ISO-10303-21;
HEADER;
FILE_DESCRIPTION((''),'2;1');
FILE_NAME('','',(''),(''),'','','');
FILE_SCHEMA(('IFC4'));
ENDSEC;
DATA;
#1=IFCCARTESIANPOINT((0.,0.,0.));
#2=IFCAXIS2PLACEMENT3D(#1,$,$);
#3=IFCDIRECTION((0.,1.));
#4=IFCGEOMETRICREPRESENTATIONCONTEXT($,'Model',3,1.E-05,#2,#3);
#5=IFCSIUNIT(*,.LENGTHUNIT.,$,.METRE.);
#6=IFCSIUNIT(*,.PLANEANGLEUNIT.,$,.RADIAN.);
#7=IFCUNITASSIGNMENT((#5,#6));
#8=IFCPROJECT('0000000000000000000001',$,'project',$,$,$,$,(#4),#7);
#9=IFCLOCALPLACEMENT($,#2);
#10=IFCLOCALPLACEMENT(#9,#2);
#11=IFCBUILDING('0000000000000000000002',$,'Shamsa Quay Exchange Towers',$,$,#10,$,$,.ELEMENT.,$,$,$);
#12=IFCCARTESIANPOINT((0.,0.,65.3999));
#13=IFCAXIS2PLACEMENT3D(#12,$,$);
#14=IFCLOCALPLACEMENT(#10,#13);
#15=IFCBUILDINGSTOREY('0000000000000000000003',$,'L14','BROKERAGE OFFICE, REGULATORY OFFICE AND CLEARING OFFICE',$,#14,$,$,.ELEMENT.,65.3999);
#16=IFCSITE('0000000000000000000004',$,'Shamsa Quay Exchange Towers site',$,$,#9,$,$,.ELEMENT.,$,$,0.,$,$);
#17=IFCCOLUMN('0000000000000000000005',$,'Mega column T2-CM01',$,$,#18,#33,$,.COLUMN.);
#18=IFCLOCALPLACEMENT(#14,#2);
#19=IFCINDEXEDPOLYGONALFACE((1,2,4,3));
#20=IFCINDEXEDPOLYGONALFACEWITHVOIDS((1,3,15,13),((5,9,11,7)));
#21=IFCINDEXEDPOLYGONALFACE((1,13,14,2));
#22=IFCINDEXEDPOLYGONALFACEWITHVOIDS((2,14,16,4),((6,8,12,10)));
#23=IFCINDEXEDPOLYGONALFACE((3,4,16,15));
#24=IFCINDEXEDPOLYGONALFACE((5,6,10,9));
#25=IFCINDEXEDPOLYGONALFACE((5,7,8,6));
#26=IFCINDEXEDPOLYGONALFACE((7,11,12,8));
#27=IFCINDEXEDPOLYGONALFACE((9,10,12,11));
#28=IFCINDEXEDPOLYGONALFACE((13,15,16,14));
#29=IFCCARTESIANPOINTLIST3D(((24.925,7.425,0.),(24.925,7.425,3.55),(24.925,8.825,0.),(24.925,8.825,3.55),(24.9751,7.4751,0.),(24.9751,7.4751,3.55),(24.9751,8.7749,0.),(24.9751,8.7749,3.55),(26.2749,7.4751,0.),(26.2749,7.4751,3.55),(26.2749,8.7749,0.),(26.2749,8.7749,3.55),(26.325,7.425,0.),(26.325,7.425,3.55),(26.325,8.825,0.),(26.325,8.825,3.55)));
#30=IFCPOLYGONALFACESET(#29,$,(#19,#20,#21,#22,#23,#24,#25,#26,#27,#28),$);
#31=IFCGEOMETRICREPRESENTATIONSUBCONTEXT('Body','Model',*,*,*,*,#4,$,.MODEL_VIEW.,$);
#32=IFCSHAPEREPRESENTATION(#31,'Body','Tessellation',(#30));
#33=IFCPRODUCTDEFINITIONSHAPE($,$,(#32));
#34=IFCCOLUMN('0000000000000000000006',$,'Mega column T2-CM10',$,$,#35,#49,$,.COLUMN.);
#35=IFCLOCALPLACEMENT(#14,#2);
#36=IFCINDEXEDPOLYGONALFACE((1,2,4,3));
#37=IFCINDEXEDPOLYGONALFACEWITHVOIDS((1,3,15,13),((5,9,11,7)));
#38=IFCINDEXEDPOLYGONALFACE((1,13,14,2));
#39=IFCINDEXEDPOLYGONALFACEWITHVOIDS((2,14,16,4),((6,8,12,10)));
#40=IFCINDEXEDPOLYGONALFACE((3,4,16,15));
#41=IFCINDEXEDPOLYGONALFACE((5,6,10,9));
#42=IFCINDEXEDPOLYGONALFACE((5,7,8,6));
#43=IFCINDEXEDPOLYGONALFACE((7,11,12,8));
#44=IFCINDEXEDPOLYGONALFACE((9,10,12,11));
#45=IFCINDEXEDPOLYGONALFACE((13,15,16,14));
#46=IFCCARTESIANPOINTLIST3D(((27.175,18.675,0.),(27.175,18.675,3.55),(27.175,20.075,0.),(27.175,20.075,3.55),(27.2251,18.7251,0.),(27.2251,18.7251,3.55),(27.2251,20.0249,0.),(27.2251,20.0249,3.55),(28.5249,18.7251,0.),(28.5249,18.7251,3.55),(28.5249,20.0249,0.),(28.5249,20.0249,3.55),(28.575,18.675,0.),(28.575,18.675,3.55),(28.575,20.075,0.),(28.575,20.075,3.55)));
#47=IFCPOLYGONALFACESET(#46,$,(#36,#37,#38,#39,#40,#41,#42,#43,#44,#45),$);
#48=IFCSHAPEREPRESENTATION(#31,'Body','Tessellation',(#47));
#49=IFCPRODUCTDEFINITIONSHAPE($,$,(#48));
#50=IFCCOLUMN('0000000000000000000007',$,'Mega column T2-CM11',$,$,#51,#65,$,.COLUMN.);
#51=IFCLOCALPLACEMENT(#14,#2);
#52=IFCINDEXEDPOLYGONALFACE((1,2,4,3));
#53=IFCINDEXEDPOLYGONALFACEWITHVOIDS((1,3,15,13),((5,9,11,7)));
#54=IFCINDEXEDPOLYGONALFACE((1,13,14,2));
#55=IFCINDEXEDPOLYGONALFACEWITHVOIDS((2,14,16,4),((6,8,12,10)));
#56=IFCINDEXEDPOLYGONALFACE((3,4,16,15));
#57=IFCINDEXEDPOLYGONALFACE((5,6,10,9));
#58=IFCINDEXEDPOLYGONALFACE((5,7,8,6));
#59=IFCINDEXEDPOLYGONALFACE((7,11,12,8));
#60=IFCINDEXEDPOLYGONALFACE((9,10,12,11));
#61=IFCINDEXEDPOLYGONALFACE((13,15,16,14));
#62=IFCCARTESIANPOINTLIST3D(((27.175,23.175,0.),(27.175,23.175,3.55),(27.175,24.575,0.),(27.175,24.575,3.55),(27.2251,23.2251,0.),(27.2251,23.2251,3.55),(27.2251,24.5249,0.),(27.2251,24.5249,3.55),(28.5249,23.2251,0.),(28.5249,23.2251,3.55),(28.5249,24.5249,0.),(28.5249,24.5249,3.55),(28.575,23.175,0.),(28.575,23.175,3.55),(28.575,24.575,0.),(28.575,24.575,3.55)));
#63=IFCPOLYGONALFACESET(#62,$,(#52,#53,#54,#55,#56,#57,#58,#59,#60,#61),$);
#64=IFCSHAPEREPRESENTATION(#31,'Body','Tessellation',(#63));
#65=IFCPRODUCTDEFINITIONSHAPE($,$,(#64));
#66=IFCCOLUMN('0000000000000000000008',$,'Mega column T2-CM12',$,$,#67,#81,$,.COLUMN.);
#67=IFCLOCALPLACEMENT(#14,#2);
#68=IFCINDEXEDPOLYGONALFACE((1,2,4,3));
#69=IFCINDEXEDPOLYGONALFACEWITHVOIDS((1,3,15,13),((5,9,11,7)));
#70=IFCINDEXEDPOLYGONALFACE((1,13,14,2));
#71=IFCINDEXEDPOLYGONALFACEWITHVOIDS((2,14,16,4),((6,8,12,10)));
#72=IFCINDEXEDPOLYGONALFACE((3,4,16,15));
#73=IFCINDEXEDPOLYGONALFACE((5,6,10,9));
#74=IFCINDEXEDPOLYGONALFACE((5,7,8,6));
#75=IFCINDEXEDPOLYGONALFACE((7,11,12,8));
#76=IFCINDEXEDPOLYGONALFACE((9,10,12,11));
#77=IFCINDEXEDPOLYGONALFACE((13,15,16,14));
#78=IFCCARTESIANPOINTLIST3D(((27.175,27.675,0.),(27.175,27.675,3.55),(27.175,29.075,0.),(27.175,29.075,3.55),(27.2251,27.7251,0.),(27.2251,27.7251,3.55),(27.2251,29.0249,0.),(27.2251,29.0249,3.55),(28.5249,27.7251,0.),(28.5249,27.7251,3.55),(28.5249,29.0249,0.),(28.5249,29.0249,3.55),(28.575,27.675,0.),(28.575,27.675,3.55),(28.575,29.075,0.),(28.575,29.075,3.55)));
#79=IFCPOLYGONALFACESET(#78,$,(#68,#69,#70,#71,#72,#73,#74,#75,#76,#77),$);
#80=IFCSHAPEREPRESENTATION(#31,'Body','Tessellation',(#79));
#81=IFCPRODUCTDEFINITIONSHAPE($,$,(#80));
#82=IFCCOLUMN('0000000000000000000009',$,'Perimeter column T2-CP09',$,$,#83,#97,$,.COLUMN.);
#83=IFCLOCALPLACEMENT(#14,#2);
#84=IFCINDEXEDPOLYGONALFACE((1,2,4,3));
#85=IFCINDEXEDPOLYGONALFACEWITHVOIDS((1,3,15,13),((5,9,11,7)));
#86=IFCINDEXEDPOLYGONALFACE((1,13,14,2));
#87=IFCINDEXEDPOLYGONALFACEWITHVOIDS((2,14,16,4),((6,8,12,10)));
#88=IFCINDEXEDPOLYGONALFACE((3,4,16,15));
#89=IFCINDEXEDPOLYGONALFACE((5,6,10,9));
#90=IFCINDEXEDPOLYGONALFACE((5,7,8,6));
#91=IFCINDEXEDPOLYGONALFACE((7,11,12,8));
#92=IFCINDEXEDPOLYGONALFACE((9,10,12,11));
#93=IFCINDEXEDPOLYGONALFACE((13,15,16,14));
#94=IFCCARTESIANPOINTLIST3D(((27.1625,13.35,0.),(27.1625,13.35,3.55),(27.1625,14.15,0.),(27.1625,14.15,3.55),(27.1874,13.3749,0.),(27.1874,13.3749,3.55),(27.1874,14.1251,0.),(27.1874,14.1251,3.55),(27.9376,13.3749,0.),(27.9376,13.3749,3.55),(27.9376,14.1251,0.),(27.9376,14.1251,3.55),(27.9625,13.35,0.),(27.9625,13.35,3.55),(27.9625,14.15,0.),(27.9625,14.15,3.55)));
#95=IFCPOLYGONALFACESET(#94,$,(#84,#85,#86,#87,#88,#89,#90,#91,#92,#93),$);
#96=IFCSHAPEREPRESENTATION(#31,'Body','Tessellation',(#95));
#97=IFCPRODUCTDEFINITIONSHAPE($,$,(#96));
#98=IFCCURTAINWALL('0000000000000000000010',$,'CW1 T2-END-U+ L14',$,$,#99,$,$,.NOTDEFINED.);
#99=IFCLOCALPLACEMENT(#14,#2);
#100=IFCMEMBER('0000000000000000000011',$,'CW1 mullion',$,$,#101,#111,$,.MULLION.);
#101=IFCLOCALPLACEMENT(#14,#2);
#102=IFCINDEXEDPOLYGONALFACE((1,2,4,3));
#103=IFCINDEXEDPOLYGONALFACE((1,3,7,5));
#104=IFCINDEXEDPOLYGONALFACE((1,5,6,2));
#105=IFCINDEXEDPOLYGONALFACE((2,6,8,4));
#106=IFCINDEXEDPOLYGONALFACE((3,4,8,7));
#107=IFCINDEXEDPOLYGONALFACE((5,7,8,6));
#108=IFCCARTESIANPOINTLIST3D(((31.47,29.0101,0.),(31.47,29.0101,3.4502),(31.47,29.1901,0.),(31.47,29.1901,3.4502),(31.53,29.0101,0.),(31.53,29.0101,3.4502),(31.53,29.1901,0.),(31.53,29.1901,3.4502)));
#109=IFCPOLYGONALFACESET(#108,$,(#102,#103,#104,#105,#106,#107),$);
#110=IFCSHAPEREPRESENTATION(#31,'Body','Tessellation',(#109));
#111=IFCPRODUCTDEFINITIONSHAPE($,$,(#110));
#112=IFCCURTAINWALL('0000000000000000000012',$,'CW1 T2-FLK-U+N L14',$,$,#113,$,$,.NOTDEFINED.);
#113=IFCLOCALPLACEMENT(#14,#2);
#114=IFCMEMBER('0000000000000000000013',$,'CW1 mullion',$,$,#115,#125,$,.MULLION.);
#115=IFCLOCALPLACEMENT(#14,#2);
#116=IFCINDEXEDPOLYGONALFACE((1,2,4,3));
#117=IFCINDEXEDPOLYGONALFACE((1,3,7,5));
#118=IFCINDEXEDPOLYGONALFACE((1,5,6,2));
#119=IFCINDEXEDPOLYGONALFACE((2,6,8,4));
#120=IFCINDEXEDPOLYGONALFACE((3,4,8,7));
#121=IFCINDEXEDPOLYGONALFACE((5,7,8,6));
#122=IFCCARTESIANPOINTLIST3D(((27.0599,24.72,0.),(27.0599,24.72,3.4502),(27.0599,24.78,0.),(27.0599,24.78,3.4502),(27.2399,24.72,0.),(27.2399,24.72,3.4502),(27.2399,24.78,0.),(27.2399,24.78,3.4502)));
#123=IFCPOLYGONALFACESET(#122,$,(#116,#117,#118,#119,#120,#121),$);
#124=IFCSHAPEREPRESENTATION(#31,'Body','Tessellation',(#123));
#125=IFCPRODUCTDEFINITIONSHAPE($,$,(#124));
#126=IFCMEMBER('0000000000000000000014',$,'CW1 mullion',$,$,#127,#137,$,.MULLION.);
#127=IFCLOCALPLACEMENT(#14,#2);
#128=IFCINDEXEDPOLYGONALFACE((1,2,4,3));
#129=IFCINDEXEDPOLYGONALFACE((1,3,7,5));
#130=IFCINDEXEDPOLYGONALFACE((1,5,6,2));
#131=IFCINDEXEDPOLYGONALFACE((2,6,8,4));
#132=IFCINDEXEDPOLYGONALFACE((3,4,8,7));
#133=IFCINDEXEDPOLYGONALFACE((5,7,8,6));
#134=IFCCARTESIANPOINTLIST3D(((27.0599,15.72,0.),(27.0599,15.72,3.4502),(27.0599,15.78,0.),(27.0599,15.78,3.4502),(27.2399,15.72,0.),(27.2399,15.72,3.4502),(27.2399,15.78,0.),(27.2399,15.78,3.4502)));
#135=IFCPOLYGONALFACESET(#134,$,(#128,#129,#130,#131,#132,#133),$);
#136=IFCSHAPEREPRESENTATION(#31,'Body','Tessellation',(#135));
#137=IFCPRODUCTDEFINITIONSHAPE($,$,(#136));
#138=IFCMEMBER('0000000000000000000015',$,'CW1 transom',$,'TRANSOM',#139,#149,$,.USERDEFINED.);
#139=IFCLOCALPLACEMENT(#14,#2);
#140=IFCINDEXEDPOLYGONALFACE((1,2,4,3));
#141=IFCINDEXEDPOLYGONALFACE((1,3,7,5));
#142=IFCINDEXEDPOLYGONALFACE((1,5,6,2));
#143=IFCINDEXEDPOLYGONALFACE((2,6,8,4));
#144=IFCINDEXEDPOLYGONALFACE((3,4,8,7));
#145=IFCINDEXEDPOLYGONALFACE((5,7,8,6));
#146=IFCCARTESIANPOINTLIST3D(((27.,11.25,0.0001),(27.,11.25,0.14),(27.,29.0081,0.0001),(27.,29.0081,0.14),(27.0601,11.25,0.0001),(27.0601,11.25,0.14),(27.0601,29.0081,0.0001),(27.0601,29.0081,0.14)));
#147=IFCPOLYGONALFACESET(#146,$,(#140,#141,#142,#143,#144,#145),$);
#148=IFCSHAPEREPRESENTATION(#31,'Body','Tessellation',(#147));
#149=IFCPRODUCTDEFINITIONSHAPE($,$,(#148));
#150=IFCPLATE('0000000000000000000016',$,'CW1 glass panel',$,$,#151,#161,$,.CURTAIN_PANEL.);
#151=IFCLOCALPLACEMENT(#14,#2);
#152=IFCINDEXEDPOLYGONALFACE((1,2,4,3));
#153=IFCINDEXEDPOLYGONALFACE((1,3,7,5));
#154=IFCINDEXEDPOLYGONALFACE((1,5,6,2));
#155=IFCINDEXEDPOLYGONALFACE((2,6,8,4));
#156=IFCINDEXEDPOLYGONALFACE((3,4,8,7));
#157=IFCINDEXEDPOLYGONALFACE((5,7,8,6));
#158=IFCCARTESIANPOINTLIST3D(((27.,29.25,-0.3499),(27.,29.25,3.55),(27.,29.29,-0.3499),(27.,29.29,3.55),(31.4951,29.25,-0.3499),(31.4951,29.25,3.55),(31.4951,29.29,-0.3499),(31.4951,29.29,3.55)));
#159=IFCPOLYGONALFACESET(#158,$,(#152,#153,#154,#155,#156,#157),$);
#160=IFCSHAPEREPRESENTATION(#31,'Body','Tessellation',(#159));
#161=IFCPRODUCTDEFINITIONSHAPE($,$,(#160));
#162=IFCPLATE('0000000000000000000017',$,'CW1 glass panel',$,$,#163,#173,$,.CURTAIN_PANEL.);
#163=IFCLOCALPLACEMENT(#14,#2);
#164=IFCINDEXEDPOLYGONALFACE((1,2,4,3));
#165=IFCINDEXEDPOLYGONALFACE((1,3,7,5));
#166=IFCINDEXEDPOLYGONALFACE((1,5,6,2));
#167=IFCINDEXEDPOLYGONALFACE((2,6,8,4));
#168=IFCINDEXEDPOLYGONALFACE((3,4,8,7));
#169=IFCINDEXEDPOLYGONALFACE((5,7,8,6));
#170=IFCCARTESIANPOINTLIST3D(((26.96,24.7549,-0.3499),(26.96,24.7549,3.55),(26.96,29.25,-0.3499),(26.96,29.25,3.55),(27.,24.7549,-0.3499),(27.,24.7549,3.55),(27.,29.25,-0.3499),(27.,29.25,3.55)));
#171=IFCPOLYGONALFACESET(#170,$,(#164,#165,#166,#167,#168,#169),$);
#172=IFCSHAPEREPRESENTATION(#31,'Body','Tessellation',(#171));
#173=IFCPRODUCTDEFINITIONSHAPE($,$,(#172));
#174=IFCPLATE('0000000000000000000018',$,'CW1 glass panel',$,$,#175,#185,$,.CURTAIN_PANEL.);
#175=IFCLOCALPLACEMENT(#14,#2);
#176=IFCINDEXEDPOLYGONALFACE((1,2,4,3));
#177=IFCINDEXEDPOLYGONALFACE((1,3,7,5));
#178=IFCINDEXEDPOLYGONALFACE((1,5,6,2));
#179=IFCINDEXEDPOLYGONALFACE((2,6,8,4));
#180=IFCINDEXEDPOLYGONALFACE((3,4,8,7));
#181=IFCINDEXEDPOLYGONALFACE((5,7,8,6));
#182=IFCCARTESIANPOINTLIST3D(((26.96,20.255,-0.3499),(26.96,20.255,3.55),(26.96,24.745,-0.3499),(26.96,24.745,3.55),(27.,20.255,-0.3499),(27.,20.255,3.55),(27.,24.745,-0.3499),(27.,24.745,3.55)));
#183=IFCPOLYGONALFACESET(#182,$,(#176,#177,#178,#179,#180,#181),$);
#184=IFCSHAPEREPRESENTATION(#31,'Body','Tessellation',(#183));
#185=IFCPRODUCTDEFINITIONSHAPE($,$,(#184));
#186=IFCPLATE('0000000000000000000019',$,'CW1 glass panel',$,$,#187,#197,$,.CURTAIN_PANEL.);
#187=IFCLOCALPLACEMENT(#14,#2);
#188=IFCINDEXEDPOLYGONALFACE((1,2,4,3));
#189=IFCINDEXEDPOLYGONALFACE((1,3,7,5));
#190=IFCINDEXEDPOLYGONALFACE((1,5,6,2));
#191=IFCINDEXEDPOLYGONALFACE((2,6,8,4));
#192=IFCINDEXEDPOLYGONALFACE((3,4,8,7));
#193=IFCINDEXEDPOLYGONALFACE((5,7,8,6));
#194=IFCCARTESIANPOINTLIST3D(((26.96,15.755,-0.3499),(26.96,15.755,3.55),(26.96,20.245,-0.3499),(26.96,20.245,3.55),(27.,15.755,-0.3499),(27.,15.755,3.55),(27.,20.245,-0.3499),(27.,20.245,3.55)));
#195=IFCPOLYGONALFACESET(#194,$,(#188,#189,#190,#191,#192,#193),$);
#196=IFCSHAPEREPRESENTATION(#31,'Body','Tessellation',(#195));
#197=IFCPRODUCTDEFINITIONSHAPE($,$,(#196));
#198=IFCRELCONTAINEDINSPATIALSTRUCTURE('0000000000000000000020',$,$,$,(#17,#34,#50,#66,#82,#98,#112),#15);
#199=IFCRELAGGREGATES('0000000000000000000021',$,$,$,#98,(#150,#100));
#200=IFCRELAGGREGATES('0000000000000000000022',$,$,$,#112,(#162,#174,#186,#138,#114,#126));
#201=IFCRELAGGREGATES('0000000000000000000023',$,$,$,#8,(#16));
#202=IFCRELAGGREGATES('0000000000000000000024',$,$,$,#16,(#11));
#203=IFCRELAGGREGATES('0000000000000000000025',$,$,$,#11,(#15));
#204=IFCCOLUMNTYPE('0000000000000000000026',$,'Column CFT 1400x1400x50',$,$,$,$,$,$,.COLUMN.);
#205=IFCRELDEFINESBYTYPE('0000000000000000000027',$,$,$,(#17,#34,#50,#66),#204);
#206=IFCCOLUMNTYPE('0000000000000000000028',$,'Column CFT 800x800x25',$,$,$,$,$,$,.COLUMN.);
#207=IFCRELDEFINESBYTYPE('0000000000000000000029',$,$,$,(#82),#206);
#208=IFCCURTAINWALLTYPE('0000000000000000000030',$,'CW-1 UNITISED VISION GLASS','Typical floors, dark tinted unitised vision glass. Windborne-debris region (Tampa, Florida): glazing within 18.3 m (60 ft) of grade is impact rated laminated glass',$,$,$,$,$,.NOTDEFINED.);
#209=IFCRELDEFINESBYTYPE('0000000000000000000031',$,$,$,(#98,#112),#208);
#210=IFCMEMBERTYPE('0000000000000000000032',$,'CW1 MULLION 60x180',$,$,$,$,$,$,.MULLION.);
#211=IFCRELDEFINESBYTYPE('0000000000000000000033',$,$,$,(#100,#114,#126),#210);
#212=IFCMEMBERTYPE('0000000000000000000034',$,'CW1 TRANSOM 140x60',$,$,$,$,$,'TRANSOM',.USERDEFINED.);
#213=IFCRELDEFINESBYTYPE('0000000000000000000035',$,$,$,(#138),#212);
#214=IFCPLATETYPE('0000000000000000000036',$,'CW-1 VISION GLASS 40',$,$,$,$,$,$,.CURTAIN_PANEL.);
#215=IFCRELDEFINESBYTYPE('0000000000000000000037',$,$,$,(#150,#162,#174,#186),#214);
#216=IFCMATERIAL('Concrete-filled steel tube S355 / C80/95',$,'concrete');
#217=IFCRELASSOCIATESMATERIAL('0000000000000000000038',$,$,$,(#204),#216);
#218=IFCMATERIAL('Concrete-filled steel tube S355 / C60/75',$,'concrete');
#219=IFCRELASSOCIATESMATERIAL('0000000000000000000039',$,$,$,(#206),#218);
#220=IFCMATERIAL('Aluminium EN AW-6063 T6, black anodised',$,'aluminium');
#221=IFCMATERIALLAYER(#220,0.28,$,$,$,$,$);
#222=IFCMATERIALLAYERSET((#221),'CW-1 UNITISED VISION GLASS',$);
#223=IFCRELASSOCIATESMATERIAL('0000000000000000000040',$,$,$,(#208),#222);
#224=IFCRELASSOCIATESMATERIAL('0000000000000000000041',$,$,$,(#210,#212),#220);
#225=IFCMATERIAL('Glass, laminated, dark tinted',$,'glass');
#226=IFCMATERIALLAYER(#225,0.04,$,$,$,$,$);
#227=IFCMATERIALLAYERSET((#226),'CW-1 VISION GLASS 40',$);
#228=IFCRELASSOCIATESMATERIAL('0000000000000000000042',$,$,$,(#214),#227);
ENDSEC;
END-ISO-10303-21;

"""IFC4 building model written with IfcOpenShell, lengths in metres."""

from ifc_helpers import new_model, si_unit, direction, frame, origin, origin_2d, place, context, subcontext, project, spatial, rectangle, hollow_rectangle, extrude, material, layer, layer_set, material_profile, profile_set, type_object, element, aggregate, save


model = new_model("IFC4")

# Units and contexts
model_context = context("Model", 3, precision=1e-05, world=origin(), true_north=direction((0.0, 1.0)))
body_context = subcontext(model_context, "Body", "Model", "MODEL_VIEW")
ifc_project = project(units=[si_unit("LENGTHUNIT", "METRE"), si_unit("PLANEANGLEUNIT", "RADIAN")], contexts=[model_context])

# Site, building, storey
site_placement = place(None, origin())
site = spatial("IfcSite", under=ifc_project, at=site_placement, Name="Shamsa Quay Exchange Towers site", CompositionType="ELEMENT", RefElevation=0.0)
building_placement = place(site_placement, origin())
building = spatial("IfcBuilding", under=site, at=building_placement, Name="Shamsa Quay Exchange Towers", CompositionType="ELEMENT")
storey_placement = place(building_placement, frame((0.0, 0.0, 65.3999)))
storey = spatial("IfcBuildingStorey", under=building, at=storey_placement, Name="L14", Description="BROKERAGE OFFICE, REGULATORY OFFICE AND CLEARING OFFICE", CompositionType="ELEMENT", Elevation=65.3999)

# Columns
ifc_material_1 = material(Name="Concrete-filled steel tube S355 / C80/95", Category="concrete")
ifc_material_profile_1 = material_profile(ifc_material_1, hollow_rectangle(XDim=1.3999, YDim=1.3999, WallThickness=0.05, at=origin_2d()), Name="CFT 1400x1400x50")
ifc_profile_set_1 = profile_set([ifc_material_profile_1], Name="Concrete-filled steel tube S355 / C80/95")
column_type_1 = type_object("IfcColumnType", Name="Column CFT 1400x1400x50", PredefinedType="COLUMN", material=ifc_profile_set_1)
for number, where, name in (
    (1, (25.625, 8.125, 0.0), "Mega column T2-CM01"),
    (2, (27.875, 19.375, 0.0), "Mega column T2-CM10"),
    (3, (27.875, 23.875, 0.0), "Mega column T2-CM11"),
    (4, (27.875, 28.375, 0.0), "Mega column T2-CM12"),
):
    element("IfcColumn", number, at=place(storey_placement, frame(where)), inside=storey, type_object=column_type_1, Name=name, PredefinedType="COLUMN", context=body_context, shape_type="SweptSolid", body=[
        extrude(hollow_rectangle(XDim=1.3999, YDim=1.3999, WallThickness=0.05, at=origin_2d()), origin(), (0.0, 0.0, 1.0), 3.55),
    ])
ifc_material_2 = material(Name="Concrete-filled steel tube S355 / C60/75", Category="concrete")
ifc_material_profile_2 = material_profile(ifc_material_2, hollow_rectangle(XDim=0.8, YDim=0.8, WallThickness=0.0249, at=origin_2d()), Name="CFT 800x800x25")
ifc_profile_set_2 = profile_set([ifc_material_profile_2], Name="Concrete-filled steel tube S355 / C60/75")
column_type_2 = type_object("IfcColumnType", Name="Column CFT 800x800x25", PredefinedType="COLUMN", material=ifc_profile_set_2)
column_placement = place(storey_placement, frame((27.5625, 13.75, 0.0)))
element("IfcColumn", 5, at=column_placement, inside=storey, type_object=column_type_2, Name="Perimeter column T2-CP09", PredefinedType="COLUMN", context=body_context, shape_type="SweptSolid", body=[
    extrude(hollow_rectangle(XDim=0.8, YDim=0.8, WallThickness=0.0249, at=origin_2d()), origin(), (0.0, 0.0, 1.0), 3.55),
])

# Curtain wall, member
ifc_material_3 = material(Name="Aluminium EN AW-6063 T6, black anodised", Category="aluminium")
ifc_layer_1 = layer(ifc_material_3, 0.28)
ifc_layer_set_1 = layer_set([ifc_layer_1], Name="CW-1 UNITISED VISION GLASS")
curtain_wall_type_1 = type_object("IfcCurtainWallType", Name="CW-1 UNITISED VISION GLASS", Description="Typical floors, dark tinted unitised vision glass. Windborne-debris region (Tampa, Florida): glazing within 18.3 m (60 ft) of grade is impact rated laminated glass", PredefinedType="NOTDEFINED", material=ifc_layer_set_1)
curtain_wall_1_placement = place(storey_placement, origin())
curtain_wall_1 = element("IfcCurtainWall", 6, at=curtain_wall_1_placement, inside=storey, type_object=curtain_wall_type_1, Name="CW1 T2-END-U+ L14", PredefinedType="NOTDEFINED")
ifc_material_profile_3 = material_profile(ifc_material_3, rectangle(XDim=0.1799, YDim=0.0601, at=origin_2d()), Name="MU60x180")
ifc_profile_set_3 = profile_set([ifc_material_profile_3], Name="Aluminium EN AW-6063 T6, black anodised")
member_type_1 = type_object("IfcMemberType", Name="CW1 MULLION 60x180", PredefinedType="MULLION", material=ifc_profile_set_3)
member_1_placement = place(storey_placement, frame((31.5, 29.1001, 0.0), z_axis=(0.0, 0.0, 1.0), x_axis=(0.0, -1.0, 0.0)))
member_1 = element("IfcMember", 7, at=member_1_placement, type_object=member_type_1, Name="CW1 mullion", PredefinedType="MULLION", context=body_context, shape_type="SweptSolid", body=[
    extrude(rectangle(XDim=0.1799, YDim=0.0601, at=origin_2d()), origin(), (0.0, 0.0, 1.0), 3.4502),
])

# Curtain wall, members
curtain_wall_2_placement = place(storey_placement, origin())
curtain_wall_2 = element("IfcCurtainWall", 8, at=curtain_wall_2_placement, inside=storey, type_object=curtain_wall_type_1, Name="CW1 T2-FLK-U+N L14", PredefinedType="NOTDEFINED")
member_2_placement = place(storey_placement, frame((27.1499, 24.75, 0.0)))
member_2 = element("IfcMember", 9, at=member_2_placement, type_object=member_type_1, Name="CW1 mullion", PredefinedType="MULLION", context=body_context, shape_type="SweptSolid", body=[
    extrude(rectangle(XDim=0.1799, YDim=0.0601, at=origin_2d()), origin(), (0.0, 0.0, 1.0), 3.4502),
])
member_3_placement = place(storey_placement, frame((27.1499, 15.75, 0.0)))
member_3 = element("IfcMember", 10, at=member_3_placement, type_object=member_type_1, Name="CW1 mullion", PredefinedType="MULLION", context=body_context, shape_type="SweptSolid", body=[
    extrude(rectangle(XDim=0.1799, YDim=0.0601, at=origin_2d()), origin(), (0.0, 0.0, 1.0), 3.4502),
])
ifc_material_profile_4 = material_profile(ifc_material_3, rectangle(XDim=0.0601, YDim=0.1399, at=origin_2d()), Name="TR140x60")
ifc_profile_set_4 = profile_set([ifc_material_profile_4], Name="Aluminium EN AW-6063 T6, black anodised")
member_type_2 = type_object("IfcMemberType", Name="CW1 TRANSOM 140x60", ElementType="TRANSOM", PredefinedType="USERDEFINED", material=ifc_profile_set_4)
member_4_placement = place(storey_placement, frame((27.03, 29.0081, 0.0701), z_axis=(0.0, -1.0, 0.0), x_axis=(1.0, 0.0, 0.0)))
member_4 = element("IfcMember", 11, at=member_4_placement, type_object=member_type_2, Name="CW1 transom", ObjectType="TRANSOM", PredefinedType="USERDEFINED", context=body_context, shape_type="SweptSolid", body=[
    extrude(rectangle(XDim=0.0601, YDim=0.1399, at=origin_2d()), origin(), (0.0, 0.0, 1.0), 17.7581),
])

# Plates
ifc_material_4 = material(Name="Glass, laminated, dark tinted", Category="glass")
ifc_layer_2 = layer(ifc_material_4, 0.04)
ifc_layer_set_2 = layer_set([ifc_layer_2], Name="CW-1 VISION GLASS 40")
plate_type_1 = type_object("IfcPlateType", Name="CW-1 VISION GLASS 40", PredefinedType="CURTAIN_PANEL", material=ifc_layer_set_2)
plate_1_placement = place(storey_placement, frame((29.2476, 29.27, -0.3499), z_axis=(0.0, 0.0, 1.0), x_axis=(-1.0, 0.0, 0.0)))
plate_1 = element("IfcPlate", 12, at=plate_1_placement, type_object=plate_type_1, Name="CW1 glass panel", PredefinedType="CURTAIN_PANEL", context=body_context, shape_type="SweptSolid", body=[
    extrude(rectangle(XDim=4.4951, YDim=0.04, at=origin_2d()), origin(), (0.0, 0.0, 1.0), 3.8999),
])
aggregate(curtain_wall_1, [plate_1, member_1])
plate_2_placement = place(storey_placement, frame((26.98, 27.0024, -0.3499), z_axis=(0.0, 0.0, 1.0), x_axis=(0.0, -1.0, 0.0)))
plate_2 = element("IfcPlate", 13, at=plate_2_placement, type_object=plate_type_1, Name="CW1 glass panel", PredefinedType="CURTAIN_PANEL", context=body_context, shape_type="SweptSolid", body=[
    extrude(rectangle(XDim=4.4951, YDim=0.04, at=origin_2d()), origin(), (0.0, 0.0, 1.0), 3.8999),
])
plate_3_placement = place(storey_placement, frame((26.98, 22.5, -0.3499), z_axis=(0.0, 0.0, 1.0), x_axis=(0.0, -1.0, 0.0)))
plate_3 = element("IfcPlate", 14, at=plate_3_placement, type_object=plate_type_1, Name="CW1 glass panel", PredefinedType="CURTAIN_PANEL", context=body_context, shape_type="SweptSolid", body=[
    extrude(rectangle(XDim=4.49, YDim=0.04, at=origin_2d()), origin(), (0.0, 0.0, 1.0), 3.8999),
])
plate_4_placement = place(storey_placement, frame((26.98, 18.0, -0.3499), z_axis=(0.0, 0.0, 1.0), x_axis=(0.0, -1.0, 0.0)))
plate_4 = element("IfcPlate", 15, at=plate_4_placement, type_object=plate_type_1, Name="CW1 glass panel", PredefinedType="CURTAIN_PANEL", context=body_context, shape_type="SweptSolid", body=[
    extrude(rectangle(XDim=4.49, YDim=0.04, at=origin_2d()), origin(), (0.0, 0.0, 1.0), 3.8999),
])
aggregate(curtain_wall_2, [plate_2, plate_3, plate_4, member_4, member_2, member_3])

save(model, "model.ifc")
